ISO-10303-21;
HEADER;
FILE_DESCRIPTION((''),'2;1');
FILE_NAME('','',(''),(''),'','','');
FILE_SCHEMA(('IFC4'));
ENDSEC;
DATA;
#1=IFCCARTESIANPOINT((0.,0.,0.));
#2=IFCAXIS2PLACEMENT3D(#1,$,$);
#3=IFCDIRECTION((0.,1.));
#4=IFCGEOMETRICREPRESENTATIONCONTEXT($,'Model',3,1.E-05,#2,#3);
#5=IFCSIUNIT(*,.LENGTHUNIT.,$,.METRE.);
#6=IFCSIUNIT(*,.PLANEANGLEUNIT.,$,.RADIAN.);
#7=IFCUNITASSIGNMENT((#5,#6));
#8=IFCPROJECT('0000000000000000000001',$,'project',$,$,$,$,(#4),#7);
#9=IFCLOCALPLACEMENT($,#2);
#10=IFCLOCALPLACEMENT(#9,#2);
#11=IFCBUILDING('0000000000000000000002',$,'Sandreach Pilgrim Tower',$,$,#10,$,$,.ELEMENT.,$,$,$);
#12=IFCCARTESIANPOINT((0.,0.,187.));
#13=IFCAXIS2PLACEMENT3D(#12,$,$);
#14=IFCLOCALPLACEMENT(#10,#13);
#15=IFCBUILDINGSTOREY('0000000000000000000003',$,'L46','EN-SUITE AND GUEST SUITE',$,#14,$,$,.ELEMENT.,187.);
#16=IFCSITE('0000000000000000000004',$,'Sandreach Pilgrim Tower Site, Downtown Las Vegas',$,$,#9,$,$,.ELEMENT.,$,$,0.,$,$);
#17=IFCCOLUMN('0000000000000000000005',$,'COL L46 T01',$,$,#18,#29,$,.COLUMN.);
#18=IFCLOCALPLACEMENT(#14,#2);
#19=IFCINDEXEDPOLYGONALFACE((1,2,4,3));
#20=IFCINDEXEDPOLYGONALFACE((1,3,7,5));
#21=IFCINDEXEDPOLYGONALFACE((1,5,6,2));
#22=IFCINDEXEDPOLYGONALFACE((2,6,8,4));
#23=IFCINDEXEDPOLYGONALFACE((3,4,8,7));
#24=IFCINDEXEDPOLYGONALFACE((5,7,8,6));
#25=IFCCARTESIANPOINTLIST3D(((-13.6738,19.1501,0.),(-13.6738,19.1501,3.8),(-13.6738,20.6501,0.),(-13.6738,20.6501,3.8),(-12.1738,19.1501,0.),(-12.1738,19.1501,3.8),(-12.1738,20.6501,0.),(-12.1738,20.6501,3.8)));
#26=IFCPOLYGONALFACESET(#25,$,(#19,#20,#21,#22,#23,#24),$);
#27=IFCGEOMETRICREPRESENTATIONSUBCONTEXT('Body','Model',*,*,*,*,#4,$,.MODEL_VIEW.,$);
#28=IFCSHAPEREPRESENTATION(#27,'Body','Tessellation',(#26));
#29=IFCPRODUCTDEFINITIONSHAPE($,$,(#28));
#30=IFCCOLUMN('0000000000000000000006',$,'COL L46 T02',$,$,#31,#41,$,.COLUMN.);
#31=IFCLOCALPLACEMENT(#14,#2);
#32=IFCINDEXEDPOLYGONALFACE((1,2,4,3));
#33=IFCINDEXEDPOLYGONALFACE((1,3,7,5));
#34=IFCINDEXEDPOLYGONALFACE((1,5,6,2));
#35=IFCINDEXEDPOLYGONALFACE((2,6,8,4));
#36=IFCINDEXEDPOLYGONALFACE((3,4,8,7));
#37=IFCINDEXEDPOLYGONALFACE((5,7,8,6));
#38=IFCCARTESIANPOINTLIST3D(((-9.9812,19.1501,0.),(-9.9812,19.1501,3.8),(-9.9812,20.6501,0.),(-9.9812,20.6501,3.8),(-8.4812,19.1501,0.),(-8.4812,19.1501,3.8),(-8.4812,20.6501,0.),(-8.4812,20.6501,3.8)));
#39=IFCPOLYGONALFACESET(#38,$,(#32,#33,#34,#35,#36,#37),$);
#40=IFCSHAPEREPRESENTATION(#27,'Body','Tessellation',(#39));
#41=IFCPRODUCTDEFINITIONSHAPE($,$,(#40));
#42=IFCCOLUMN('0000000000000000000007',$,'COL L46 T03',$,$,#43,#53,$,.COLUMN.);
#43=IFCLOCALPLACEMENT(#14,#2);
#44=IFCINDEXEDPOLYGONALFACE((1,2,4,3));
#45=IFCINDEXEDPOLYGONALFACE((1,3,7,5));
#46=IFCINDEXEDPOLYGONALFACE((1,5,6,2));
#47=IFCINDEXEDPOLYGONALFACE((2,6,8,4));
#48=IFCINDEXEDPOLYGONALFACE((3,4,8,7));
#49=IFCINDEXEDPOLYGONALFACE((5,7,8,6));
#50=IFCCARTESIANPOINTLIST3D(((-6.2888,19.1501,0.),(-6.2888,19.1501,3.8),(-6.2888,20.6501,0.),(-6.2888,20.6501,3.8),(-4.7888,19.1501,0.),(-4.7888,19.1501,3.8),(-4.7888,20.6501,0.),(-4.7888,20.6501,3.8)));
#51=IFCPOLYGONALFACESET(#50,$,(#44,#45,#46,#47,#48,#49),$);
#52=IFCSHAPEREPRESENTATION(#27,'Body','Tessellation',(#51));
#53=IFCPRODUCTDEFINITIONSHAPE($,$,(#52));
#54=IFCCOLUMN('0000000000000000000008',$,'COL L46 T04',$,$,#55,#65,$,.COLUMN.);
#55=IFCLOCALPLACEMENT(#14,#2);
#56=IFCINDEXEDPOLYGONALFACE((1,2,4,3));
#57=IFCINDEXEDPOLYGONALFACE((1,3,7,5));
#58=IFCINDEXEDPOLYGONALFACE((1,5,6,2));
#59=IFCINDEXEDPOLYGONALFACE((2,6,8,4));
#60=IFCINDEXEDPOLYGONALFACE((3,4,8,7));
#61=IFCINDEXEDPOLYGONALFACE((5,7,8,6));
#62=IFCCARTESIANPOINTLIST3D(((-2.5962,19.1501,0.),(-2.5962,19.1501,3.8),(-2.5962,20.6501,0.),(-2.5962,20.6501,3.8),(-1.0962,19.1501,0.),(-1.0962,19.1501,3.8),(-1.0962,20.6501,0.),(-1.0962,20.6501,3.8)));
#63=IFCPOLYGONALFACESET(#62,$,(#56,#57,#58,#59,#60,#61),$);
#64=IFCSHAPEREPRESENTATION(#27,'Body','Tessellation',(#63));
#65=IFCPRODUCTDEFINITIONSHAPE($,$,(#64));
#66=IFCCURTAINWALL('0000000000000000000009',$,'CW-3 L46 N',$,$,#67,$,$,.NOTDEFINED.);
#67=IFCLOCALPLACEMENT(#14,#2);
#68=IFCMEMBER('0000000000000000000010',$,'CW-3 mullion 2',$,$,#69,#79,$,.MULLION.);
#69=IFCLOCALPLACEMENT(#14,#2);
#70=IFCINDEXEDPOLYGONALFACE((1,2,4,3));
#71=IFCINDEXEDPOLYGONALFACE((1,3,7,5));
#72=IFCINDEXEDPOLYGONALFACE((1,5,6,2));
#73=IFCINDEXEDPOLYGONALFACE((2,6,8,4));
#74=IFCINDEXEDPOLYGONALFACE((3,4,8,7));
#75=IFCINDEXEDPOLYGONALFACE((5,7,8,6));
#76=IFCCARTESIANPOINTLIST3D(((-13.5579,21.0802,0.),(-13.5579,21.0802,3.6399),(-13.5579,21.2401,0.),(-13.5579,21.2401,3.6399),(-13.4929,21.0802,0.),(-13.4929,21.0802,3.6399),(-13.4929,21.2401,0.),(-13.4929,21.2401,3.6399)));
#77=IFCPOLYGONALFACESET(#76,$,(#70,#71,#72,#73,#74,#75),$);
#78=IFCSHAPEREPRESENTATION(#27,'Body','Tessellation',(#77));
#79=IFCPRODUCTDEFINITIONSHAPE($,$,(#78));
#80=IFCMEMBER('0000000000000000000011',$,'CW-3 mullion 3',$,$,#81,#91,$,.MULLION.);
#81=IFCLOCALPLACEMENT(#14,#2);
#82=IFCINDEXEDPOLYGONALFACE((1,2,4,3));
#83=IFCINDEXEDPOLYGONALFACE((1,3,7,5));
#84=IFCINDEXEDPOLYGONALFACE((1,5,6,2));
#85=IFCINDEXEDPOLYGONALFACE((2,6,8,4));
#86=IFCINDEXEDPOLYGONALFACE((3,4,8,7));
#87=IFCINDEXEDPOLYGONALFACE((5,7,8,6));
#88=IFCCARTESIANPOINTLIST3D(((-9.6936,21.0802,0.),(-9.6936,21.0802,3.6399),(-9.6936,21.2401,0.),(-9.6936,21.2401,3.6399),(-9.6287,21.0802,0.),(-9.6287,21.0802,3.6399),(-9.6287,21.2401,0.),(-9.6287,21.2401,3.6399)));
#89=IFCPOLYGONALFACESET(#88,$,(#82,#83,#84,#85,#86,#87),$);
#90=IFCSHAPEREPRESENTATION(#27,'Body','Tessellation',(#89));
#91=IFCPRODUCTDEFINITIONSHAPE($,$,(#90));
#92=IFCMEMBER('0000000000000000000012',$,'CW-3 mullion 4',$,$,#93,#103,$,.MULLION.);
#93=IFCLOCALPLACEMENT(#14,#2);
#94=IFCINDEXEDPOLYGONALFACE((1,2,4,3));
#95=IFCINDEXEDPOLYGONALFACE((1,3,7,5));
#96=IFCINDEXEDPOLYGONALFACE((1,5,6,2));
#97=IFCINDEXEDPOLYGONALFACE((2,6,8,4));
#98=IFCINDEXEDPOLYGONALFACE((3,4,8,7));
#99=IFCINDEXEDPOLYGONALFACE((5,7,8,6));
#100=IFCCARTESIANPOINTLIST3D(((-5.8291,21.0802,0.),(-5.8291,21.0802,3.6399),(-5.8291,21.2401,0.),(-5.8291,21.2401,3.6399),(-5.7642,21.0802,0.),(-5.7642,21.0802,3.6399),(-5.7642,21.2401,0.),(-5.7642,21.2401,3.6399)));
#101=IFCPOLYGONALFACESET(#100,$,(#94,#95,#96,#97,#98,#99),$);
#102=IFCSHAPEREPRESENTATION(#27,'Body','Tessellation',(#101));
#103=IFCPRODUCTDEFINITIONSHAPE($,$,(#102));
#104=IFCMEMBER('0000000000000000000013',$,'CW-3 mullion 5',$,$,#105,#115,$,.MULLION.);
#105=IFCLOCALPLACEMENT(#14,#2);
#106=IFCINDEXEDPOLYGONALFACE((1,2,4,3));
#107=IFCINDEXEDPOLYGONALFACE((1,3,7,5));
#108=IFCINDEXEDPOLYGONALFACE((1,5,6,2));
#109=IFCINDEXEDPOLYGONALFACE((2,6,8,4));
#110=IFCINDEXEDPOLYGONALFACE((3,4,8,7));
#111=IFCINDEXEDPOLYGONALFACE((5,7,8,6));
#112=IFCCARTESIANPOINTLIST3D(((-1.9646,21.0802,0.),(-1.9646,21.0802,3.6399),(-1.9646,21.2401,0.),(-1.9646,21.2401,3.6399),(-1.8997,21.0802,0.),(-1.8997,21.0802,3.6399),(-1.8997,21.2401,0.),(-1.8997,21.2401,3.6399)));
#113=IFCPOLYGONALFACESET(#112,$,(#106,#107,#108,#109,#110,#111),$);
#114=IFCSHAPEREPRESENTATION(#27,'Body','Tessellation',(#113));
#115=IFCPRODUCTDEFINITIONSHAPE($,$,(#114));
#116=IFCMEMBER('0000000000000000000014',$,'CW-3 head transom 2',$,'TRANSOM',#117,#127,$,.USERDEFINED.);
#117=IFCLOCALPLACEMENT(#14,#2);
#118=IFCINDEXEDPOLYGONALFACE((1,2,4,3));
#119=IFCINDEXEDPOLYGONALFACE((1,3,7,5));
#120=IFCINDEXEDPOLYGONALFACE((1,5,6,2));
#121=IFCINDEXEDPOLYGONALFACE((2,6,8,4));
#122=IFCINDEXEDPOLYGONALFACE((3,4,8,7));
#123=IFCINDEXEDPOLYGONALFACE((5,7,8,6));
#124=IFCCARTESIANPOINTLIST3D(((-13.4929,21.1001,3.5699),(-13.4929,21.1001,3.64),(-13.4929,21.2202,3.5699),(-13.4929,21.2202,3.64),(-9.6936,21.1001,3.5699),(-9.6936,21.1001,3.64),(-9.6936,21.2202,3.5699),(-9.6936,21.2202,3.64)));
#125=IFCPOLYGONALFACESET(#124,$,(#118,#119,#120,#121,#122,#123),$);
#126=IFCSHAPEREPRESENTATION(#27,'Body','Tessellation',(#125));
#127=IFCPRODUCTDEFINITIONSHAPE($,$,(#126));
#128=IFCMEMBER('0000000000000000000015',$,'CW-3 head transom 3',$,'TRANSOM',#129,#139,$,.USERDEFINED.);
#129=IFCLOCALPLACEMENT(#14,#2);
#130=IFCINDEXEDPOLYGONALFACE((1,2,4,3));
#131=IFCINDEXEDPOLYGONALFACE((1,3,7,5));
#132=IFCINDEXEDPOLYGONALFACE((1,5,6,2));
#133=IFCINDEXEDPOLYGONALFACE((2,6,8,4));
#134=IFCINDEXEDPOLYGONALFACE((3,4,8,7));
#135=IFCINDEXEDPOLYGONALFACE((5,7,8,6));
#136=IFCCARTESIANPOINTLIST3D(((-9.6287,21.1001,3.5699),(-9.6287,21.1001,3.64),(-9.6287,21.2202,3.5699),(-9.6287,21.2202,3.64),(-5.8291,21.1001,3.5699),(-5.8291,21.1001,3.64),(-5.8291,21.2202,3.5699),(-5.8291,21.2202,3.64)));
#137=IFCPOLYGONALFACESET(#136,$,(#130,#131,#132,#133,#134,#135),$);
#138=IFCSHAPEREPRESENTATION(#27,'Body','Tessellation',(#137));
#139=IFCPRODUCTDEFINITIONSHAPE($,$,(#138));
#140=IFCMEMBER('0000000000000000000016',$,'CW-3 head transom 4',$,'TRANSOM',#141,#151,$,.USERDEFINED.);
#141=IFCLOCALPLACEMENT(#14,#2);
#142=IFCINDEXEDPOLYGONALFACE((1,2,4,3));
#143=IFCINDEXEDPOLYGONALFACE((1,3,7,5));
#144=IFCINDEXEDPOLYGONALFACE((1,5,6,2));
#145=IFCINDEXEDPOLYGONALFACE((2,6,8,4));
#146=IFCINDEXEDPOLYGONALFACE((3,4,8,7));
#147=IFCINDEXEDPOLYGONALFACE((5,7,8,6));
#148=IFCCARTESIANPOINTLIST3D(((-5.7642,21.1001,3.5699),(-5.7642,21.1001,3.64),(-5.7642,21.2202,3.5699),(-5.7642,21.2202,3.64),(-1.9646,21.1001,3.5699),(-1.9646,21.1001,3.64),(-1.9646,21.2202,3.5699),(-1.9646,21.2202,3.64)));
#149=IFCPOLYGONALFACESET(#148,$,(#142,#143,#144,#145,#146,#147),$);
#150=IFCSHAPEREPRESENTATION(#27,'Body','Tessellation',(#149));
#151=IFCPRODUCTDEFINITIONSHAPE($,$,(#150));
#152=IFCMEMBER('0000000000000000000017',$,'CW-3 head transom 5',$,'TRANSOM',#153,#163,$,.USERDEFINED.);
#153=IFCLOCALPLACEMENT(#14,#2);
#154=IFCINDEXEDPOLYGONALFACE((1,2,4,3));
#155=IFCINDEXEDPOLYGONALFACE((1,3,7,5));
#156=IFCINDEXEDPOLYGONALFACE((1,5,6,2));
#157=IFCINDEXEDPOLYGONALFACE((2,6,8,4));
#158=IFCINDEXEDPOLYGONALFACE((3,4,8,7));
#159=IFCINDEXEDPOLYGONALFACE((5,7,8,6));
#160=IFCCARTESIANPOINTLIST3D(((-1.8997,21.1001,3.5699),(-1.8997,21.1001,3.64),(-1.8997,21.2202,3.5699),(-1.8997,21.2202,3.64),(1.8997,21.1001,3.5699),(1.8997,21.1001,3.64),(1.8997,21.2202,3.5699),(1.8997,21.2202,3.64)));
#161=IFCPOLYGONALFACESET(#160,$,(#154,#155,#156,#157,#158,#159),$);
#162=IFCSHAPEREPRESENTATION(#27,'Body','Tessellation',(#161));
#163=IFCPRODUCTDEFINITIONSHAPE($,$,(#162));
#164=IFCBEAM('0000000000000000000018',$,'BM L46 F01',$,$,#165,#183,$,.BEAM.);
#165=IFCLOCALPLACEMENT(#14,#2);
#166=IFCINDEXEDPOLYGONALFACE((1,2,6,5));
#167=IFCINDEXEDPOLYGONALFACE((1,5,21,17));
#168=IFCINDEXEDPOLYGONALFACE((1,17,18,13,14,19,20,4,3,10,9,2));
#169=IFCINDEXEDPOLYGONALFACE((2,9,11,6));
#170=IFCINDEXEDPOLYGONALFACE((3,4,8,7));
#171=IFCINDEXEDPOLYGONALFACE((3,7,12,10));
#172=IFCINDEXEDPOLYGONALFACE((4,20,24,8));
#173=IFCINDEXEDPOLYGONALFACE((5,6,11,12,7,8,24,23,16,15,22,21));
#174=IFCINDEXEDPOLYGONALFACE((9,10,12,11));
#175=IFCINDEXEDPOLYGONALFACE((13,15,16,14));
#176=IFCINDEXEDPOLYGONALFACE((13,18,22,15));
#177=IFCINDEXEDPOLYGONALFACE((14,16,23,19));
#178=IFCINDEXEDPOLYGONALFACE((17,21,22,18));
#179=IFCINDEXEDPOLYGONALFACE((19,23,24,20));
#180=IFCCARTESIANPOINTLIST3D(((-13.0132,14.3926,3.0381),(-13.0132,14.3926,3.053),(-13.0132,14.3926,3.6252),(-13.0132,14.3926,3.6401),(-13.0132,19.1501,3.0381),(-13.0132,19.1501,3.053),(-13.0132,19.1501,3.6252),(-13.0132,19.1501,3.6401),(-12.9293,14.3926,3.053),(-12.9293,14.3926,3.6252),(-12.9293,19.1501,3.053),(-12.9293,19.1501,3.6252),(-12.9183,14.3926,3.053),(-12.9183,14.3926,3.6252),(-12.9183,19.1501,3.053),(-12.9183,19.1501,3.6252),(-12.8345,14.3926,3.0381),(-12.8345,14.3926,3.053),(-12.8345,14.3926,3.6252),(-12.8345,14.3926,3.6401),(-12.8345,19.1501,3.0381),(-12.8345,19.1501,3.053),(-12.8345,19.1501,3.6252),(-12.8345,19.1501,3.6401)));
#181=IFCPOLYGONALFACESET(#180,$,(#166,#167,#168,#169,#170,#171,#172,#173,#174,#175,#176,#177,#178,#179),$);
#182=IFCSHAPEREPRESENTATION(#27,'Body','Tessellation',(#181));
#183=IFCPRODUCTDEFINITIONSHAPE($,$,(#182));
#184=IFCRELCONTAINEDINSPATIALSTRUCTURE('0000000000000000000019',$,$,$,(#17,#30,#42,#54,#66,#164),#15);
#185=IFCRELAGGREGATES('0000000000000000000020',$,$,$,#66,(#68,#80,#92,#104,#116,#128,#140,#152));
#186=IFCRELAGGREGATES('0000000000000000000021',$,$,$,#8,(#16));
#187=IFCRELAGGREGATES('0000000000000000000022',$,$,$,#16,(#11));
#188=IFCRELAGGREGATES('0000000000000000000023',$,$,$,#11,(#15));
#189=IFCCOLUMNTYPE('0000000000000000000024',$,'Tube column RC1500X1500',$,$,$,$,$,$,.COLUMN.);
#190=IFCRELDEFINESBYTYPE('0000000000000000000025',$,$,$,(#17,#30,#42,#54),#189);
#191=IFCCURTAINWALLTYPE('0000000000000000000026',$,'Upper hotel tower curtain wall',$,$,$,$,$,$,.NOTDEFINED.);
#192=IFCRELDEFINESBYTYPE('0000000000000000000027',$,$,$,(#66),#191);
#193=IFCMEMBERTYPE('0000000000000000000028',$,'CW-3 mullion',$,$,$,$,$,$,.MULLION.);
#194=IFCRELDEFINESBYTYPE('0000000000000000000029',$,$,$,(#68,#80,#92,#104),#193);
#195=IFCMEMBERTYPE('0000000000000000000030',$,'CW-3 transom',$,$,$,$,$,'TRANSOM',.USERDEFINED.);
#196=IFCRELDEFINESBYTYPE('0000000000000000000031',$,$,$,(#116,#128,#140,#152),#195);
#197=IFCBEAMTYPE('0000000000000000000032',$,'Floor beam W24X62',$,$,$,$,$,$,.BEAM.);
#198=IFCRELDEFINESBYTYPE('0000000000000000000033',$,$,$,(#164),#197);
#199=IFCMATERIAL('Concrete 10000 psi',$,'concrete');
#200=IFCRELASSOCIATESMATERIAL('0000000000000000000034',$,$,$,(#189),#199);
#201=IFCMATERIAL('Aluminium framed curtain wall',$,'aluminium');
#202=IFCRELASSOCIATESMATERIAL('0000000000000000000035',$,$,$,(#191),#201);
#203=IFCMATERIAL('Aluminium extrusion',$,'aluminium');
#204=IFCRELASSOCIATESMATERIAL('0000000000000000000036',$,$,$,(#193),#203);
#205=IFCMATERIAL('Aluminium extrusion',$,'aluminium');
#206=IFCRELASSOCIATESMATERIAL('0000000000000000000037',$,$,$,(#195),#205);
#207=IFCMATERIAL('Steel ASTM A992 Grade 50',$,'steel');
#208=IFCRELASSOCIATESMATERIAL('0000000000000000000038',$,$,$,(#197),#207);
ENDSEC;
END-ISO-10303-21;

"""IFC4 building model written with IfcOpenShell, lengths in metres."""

from ifc_helpers import new_model, si_unit, direction, frame, origin, origin_2d, place, context, subcontext, project, spatial, rectangle, i_section, extrude, material, material_profile, profile_set, type_object, element, aggregate, save


model = new_model("IFC4")

# Units and contexts
model_context = context("Model", 3, precision=1e-05, world=origin(), true_north=direction((0.0, 1.0)))
body_context = subcontext(model_context, "Body", "Model", "MODEL_VIEW")
ifc_project = project(units=[si_unit("LENGTHUNIT", "METRE"), si_unit("PLANEANGLEUNIT", "RADIAN")], contexts=[model_context])

# Site, building, storey
site_placement = place(None, origin())
site = spatial("IfcSite", under=ifc_project, at=site_placement, Name="Sandreach Pilgrim Tower Site, Downtown Las Vegas", CompositionType="ELEMENT", RefElevation=0.0)
building_placement = place(site_placement, origin())
building = spatial("IfcBuilding", under=site, at=building_placement, Name="Sandreach Pilgrim Tower", CompositionType="ELEMENT")
storey_placement = place(building_placement, frame((0.0, 0.0, 187.0)))
storey = spatial("IfcBuildingStorey", under=building, at=storey_placement, Name="L46", Description="EN-SUITE AND GUEST SUITE", CompositionType="ELEMENT", Elevation=187.0)

# Columns
ifc_material_1 = material(Name="Concrete 10000 psi", Category="concrete")
ifc_material_profile_1 = material_profile(ifc_material_1, rectangle(XDim=1.5, YDim=1.5, at=origin_2d()), Name="RC1500X1500")
ifc_profile_set_1 = profile_set([ifc_material_profile_1], Name="Concrete 10000 psi")
column_type = type_object("IfcColumnType", Name="Tube column RC1500X1500", PredefinedType="COLUMN", material=ifc_profile_set_1)
for number, where, z_axis, x_axis, name in (
    (1, (-12.9238, 19.9001, 0.0), (0.0, 0.0, 1.0), (0.0, 1.0, 0.0), "COL L46 T01"),
    (2, (-9.2312, 19.9001, 0.0), (0.0, 0.0, 1.0), (0.0, 1.0, 0.0), "COL L46 T02"),
    (3, (-5.5388, 19.9001, 0.0), (0.0, 0.0, 1.0), (0.0, 1.0, 0.0), "COL L46 T03"),
    (4, (-1.8462, 19.9001, 0.0), (0.0, 0.0, 1.0), (0.0, 1.0, 0.0), "COL L46 T04"),
):
    element("IfcColumn", number, at=place(storey_placement, frame(where, z_axis=z_axis, x_axis=x_axis)), inside=storey, type_object=column_type, Name=name, PredefinedType="COLUMN", context=body_context, shape_type="SweptSolid", body=[
        extrude(rectangle(XDim=1.5, YDim=1.5, at=origin_2d()), origin(), (0.0, 0.0, 1.0), 3.8),
    ])

# Curtain wall, members
ifc_material_2 = material(Name="Aluminium framed curtain wall", Category="aluminium")
curtain_wall_type = type_object("IfcCurtainWallType", Name="Upper hotel tower curtain wall", PredefinedType="NOTDEFINED", material=ifc_material_2)
curtain_wall_placement = place(storey_placement, origin())
curtain_wall = element("IfcCurtainWall", 5, at=curtain_wall_placement, inside=storey, type_object=curtain_wall_type, Name="CW-3 L46 N", PredefinedType="NOTDEFINED")
ifc_material_3 = material(Name="Aluminium extrusion", Category="aluminium")
ifc_material_profile_2 = material_profile(ifc_material_3, rectangle(XDim=0.0649, YDim=0.1599, at=origin_2d()), Name="CW-3M 65X160")
ifc_profile_set_2 = profile_set([ifc_material_profile_2], Name="Aluminium extrusion")
member_type_1 = type_object("IfcMemberType", Name="CW-3 mullion", PredefinedType="MULLION", material=ifc_profile_set_2)
member_1_placement = place(storey_placement, frame((-13.5254, 21.1602, 0.0), z_axis=(0.0, 0.0, 1.0), x_axis=(1.0, 0.0, 0.0)))
member_1 = element("IfcMember", 6, at=member_1_placement, type_object=member_type_1, Name="CW-3 mullion 2", PredefinedType="MULLION", context=body_context, shape_type="SweptSolid", body=[
    extrude(rectangle(XDim=0.0649, YDim=0.1599, at=origin_2d()), origin(), (0.0, 0.0, 1.0), 3.6399),
])
member_2_placement = place(storey_placement, frame((-9.6611, 21.1602, 0.0), z_axis=(0.0, 0.0, 1.0), x_axis=(1.0, 0.0, 0.0)))
member_2 = element("IfcMember", 7, at=member_2_placement, type_object=member_type_1, Name="CW-3 mullion 3", PredefinedType="MULLION", context=body_context, shape_type="SweptSolid", body=[
    extrude(rectangle(XDim=0.0649, YDim=0.1599, at=origin_2d()), origin(), (0.0, 0.0, 1.0), 3.6399),
])
member_3_placement = place(storey_placement, frame((-5.7966, 21.1602, 0.0), z_axis=(0.0, 0.0, 1.0), x_axis=(1.0, 0.0, 0.0)))
member_3 = element("IfcMember", 8, at=member_3_placement, type_object=member_type_1, Name="CW-3 mullion 4", PredefinedType="MULLION", context=body_context, shape_type="SweptSolid", body=[
    extrude(rectangle(XDim=0.0649, YDim=0.1599, at=origin_2d()), origin(), (0.0, 0.0, 1.0), 3.6399),
])
member_4_placement = place(storey_placement, frame((-1.9321, 21.1602, 0.0), z_axis=(0.0, 0.0, 1.0), x_axis=(1.0, 0.0, 0.0)))
member_4 = element("IfcMember", 9, at=member_4_placement, type_object=member_type_1, Name="CW-3 mullion 5", PredefinedType="MULLION", context=body_context, shape_type="SweptSolid", body=[
    extrude(rectangle(XDim=0.0649, YDim=0.1599, at=origin_2d()), origin(), (0.0, 0.0, 1.0), 3.6399),
])
ifc_material_4 = material(Name="Aluminium extrusion", Category="aluminium")
ifc_material_profile_3 = material_profile(ifc_material_4, rectangle(XDim=0.1201, YDim=0.0701, at=origin_2d()), Name="CW-3T 120X70")
ifc_profile_set_3 = profile_set([ifc_material_profile_3], Name="Aluminium extrusion")
member_type_2 = type_object("IfcMemberType", Name="CW-3 transom", ElementType="TRANSOM", PredefinedType="USERDEFINED", material=ifc_profile_set_3)
member_5_placement = place(storey_placement, frame((-13.4929, 21.1602, 3.605), z_axis=(1.0, 0.0, 0.0), x_axis=(0.0, 1.0, 0.0)))
member_5 = element("IfcMember", 10, at=member_5_placement, type_object=member_type_2, Name="CW-3 head transom 2", ObjectType="TRANSOM", PredefinedType="USERDEFINED", context=body_context, shape_type="SweptSolid", body=[
    extrude(rectangle(XDim=0.1201, YDim=0.0701, at=origin_2d()), origin(), (0.0, 0.0, 1.0), 3.7993),
])
member_6_placement = place(storey_placement, frame((-9.6287, 21.1602, 3.605), z_axis=(1.0, 0.0, 0.0), x_axis=(0.0, 1.0, 0.0)))
member_6 = element("IfcMember", 11, at=member_6_placement, type_object=member_type_2, Name="CW-3 head transom 3", ObjectType="TRANSOM", PredefinedType="USERDEFINED", context=body_context, shape_type="SweptSolid", body=[
    extrude(rectangle(XDim=0.1201, YDim=0.0701, at=origin_2d()), origin(), (0.0, 0.0, 1.0), 3.7996),
])
member_7_placement = place(storey_placement, frame((-5.7642, 21.1602, 3.605), z_axis=(1.0, 0.0, 0.0), x_axis=(0.0, 1.0, 0.0)))
member_7 = element("IfcMember", 12, at=member_7_placement, type_object=member_type_2, Name="CW-3 head transom 4", ObjectType="TRANSOM", PredefinedType="USERDEFINED", context=body_context, shape_type="SweptSolid", body=[
    extrude(rectangle(XDim=0.1201, YDim=0.0701, at=origin_2d()), origin(), (0.0, 0.0, 1.0), 3.7996),
])
member_8_placement = place(storey_placement, frame((-1.8997, 21.1602, 3.605), z_axis=(1.0, 0.0, 0.0), x_axis=(0.0, 1.0, 0.0)))
member_8 = element("IfcMember", 13, at=member_8_placement, type_object=member_type_2, Name="CW-3 head transom 5", ObjectType="TRANSOM", PredefinedType="USERDEFINED", context=body_context, shape_type="SweptSolid", body=[
    extrude(rectangle(XDim=0.1201, YDim=0.0701, at=origin_2d()), origin(), (0.0, 0.0, 1.0), 3.7993),
])

# Beam
ifc_material_5 = material(Name="Steel ASTM A992 Grade 50", Category="steel")
ifc_material_profile_4 = material_profile(ifc_material_5, i_section(OverallWidth=0.1787, OverallDepth=0.6021, WebThickness=0.011, FlangeThickness=0.0149, at=origin_2d()), Name="W24X62")
ifc_profile_set_4 = profile_set([ifc_material_profile_4], Name="Steel ASTM A992 Grade 50")
beam_type_1 = type_object("IfcBeamType", Name="Floor beam W24X62", PredefinedType="BEAM", material=ifc_profile_set_4)
beam_1_placement = place(storey_placement, frame((-12.9238, 19.1501, 3.3391), z_axis=(0.0, -1.0, 0.0), x_axis=(1.0, 0.0, 0.0)))
element("IfcBeam", 14, at=beam_1_placement, inside=storey, type_object=beam_type_1, Name="BM L46 F01", PredefinedType="BEAM", context=body_context, shape_type="SweptSolid", body=[
    extrude(i_section(OverallWidth=0.1787, OverallDepth=0.6021, WebThickness=0.011, FlangeThickness=0.0149, at=origin_2d()), origin(), (0.0, 0.0, 1.0), 4.7576),
])

aggregate(curtain_wall, [member_1, member_2, member_3, member_4, member_5, member_6, member_7, member_8])

save(model, "model.ifc")
